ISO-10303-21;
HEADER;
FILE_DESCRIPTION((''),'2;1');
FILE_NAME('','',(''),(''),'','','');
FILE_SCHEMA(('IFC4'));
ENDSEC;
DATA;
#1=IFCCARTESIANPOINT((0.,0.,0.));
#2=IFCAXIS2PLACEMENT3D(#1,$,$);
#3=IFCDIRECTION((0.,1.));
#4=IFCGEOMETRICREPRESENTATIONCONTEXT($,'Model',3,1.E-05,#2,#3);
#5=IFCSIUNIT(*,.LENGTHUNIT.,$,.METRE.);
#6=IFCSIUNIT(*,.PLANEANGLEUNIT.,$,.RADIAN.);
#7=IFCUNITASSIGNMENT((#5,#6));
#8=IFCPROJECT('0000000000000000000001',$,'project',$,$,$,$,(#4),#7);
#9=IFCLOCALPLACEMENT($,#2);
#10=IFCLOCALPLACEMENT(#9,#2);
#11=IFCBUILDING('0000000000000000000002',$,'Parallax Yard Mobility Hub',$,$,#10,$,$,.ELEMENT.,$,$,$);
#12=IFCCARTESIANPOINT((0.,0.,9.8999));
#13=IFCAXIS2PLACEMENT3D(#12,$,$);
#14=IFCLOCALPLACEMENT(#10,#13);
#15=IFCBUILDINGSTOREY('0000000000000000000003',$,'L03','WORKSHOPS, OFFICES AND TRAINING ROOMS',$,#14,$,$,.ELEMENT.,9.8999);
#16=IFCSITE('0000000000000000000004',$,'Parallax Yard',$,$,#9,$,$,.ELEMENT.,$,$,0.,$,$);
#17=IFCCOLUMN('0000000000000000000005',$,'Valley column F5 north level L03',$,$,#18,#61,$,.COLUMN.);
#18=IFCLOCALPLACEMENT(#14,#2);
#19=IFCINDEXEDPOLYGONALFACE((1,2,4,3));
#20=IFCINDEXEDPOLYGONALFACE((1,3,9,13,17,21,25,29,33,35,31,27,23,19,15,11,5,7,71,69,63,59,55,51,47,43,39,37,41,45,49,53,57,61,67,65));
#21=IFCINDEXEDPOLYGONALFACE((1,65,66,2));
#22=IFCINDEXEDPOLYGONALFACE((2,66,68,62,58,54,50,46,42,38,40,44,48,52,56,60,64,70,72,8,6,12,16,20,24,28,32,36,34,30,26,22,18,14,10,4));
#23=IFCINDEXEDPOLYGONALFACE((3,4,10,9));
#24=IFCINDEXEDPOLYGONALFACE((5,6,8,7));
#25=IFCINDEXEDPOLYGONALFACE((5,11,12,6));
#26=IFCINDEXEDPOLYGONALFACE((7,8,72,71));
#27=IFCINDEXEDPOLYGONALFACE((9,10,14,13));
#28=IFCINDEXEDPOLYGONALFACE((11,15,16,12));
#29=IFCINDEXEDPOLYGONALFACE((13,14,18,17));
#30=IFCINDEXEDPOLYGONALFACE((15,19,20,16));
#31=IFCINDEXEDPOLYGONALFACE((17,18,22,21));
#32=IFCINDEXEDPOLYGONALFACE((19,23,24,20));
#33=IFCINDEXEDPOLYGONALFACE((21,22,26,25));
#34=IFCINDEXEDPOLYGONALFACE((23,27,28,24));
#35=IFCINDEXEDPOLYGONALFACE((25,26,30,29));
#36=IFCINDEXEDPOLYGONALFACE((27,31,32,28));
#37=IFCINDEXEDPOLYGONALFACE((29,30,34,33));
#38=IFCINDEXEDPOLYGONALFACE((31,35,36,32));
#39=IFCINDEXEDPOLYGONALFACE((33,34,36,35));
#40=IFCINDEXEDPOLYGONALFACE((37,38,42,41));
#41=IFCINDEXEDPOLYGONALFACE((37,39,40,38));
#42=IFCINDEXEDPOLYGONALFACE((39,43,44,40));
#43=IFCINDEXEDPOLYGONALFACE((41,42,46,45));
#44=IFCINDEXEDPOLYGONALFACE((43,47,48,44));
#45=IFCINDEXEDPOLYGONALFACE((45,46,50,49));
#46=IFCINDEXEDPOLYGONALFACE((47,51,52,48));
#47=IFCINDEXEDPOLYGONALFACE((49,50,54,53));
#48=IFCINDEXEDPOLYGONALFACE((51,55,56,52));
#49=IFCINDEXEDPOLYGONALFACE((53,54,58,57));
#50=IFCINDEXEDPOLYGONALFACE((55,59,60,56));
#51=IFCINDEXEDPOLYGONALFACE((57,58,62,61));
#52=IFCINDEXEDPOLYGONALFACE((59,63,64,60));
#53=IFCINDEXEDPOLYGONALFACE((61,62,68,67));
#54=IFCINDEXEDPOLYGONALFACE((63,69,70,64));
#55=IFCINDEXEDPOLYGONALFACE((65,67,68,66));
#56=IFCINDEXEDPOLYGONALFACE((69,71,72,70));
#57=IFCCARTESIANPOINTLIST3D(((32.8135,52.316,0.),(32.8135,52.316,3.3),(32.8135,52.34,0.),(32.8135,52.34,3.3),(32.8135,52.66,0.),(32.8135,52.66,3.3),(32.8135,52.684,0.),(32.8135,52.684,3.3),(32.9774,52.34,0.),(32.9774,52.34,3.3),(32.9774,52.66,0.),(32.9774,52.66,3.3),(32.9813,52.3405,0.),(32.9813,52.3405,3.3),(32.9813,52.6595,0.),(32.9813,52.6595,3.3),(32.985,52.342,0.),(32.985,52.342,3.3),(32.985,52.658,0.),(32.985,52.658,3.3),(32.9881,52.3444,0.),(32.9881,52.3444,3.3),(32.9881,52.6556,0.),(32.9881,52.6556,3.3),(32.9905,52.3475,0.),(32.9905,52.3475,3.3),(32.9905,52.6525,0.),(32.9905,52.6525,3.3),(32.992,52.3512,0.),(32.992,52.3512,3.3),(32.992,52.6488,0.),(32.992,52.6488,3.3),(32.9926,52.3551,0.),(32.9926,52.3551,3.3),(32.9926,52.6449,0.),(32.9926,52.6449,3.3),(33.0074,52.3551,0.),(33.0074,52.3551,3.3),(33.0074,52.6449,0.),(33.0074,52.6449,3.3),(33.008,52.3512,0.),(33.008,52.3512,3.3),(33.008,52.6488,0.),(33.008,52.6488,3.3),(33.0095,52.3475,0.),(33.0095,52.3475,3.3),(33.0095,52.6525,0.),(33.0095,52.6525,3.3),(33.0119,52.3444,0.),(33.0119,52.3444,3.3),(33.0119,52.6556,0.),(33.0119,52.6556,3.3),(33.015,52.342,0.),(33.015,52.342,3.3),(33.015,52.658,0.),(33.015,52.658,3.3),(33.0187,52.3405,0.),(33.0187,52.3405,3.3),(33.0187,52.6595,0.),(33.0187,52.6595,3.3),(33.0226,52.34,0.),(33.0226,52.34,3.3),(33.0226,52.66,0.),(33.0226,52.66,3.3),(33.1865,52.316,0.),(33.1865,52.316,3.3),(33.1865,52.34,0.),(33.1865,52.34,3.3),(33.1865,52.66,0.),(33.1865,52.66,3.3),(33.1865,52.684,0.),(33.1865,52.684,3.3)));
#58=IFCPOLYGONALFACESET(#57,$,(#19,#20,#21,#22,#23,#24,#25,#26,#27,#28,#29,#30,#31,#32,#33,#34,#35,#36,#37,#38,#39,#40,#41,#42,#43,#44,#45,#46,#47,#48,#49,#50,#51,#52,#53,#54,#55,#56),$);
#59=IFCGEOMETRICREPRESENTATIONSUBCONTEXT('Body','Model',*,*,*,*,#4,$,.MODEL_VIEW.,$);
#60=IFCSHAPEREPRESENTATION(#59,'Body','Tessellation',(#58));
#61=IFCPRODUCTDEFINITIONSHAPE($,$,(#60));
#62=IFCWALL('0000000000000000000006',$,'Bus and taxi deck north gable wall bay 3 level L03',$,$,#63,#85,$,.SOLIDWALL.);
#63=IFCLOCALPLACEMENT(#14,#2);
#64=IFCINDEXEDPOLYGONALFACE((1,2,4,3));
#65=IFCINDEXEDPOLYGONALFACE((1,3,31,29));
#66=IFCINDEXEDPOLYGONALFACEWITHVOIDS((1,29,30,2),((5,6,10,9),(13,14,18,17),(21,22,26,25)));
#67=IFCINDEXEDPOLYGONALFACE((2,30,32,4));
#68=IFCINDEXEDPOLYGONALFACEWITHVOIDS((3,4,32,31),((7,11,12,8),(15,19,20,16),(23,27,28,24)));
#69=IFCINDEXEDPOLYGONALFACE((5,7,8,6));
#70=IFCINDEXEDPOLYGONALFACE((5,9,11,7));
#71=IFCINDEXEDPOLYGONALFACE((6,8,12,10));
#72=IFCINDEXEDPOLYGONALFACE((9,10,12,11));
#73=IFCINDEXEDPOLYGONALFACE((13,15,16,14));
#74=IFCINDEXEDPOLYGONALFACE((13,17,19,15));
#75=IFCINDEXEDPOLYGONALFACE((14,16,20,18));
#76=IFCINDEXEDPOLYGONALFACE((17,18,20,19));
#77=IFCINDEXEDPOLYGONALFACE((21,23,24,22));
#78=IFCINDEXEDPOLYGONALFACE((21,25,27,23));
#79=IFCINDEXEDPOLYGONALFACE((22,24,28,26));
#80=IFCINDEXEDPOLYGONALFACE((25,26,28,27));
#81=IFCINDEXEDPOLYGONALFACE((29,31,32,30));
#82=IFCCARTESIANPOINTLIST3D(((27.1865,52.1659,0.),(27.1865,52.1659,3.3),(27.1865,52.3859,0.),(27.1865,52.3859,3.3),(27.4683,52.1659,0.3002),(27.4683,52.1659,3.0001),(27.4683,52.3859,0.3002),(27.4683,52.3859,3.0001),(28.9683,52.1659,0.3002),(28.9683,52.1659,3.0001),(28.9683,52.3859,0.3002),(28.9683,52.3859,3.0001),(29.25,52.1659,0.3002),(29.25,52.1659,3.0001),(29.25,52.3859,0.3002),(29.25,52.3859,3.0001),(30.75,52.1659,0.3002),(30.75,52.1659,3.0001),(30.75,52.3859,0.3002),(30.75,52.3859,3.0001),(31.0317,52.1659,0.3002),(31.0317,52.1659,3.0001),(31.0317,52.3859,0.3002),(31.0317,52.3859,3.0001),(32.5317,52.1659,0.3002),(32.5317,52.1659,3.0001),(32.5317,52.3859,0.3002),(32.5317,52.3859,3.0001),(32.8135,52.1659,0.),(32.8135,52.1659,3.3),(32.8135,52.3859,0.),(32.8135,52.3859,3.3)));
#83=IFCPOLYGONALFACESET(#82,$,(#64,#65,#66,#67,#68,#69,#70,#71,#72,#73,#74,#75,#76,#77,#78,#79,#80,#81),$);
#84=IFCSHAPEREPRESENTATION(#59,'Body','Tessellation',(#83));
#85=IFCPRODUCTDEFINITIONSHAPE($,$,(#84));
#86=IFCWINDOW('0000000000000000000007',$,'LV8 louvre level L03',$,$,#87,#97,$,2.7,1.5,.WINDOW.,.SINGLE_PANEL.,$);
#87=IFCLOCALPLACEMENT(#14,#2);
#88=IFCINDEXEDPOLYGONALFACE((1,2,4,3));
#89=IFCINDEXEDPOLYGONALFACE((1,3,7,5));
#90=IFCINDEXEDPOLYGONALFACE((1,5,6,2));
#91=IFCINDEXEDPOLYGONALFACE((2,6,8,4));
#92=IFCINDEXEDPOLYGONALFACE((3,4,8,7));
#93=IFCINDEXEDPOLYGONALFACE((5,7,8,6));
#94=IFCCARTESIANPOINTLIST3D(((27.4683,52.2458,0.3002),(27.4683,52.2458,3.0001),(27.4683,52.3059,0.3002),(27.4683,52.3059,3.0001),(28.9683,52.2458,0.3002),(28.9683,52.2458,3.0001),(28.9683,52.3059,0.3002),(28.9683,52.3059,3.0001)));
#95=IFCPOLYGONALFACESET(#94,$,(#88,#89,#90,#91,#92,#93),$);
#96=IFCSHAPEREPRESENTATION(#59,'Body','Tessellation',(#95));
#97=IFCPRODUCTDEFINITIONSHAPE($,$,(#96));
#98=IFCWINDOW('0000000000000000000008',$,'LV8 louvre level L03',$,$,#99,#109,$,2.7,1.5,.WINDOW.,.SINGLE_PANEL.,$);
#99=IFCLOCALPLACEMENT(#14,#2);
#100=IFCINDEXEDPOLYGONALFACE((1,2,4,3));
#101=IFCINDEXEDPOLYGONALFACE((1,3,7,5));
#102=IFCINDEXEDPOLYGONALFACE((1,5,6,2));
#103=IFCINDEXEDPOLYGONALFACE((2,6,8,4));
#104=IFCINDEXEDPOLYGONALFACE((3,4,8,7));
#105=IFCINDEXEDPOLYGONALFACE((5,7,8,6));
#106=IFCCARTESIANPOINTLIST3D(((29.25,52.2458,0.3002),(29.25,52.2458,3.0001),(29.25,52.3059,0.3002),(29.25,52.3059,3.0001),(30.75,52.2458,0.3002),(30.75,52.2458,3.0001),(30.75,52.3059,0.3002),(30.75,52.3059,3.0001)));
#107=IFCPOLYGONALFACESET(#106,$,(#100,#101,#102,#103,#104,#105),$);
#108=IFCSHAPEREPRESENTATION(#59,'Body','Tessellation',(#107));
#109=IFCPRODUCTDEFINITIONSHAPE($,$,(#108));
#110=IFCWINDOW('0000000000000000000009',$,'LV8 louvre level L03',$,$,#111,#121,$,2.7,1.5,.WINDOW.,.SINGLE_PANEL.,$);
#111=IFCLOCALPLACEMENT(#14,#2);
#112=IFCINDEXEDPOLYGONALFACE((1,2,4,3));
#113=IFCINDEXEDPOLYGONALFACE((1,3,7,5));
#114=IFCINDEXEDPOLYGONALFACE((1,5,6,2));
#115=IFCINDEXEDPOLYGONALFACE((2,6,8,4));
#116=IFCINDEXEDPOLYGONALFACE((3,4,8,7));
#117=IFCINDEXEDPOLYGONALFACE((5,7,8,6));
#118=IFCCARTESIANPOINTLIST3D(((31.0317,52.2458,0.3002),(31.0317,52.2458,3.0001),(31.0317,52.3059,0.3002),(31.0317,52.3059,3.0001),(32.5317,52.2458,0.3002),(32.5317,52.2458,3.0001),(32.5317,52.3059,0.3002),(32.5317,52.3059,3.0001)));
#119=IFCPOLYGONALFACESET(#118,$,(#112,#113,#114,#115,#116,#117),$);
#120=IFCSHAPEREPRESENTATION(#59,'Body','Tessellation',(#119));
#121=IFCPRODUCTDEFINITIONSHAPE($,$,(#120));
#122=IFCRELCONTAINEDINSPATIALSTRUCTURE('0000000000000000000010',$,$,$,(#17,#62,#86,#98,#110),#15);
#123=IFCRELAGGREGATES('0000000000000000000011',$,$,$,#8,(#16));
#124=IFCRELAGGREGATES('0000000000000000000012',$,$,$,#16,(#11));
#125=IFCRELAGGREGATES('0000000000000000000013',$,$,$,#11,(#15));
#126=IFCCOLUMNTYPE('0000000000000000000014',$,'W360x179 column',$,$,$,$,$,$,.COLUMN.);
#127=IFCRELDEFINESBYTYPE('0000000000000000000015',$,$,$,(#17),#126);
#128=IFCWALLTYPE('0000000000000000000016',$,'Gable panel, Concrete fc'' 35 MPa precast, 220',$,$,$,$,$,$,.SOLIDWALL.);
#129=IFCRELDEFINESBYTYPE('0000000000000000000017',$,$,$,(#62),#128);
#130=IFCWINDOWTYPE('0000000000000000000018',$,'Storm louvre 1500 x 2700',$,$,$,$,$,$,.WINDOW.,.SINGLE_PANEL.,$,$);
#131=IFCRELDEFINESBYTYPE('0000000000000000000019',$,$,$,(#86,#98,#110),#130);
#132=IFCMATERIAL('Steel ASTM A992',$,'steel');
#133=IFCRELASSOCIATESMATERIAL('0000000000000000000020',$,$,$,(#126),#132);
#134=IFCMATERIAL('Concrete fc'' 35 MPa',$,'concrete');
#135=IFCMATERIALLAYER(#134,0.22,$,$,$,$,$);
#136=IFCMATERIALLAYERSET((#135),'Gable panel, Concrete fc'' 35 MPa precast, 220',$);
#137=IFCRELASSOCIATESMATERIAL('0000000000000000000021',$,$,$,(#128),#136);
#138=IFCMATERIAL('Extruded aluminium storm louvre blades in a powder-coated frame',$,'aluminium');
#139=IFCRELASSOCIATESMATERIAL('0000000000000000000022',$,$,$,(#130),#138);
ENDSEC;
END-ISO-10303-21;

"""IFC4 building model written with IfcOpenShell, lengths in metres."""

from ifc_helpers import new_model, si_unit, direction, frame, frame_2d, origin, origin_2d, place, context, subcontext, project, spatial, rectangle, i_section, extrude, material, layer, layer_set, material_profile, profile_set, type_object, element, fill, save


model = new_model("IFC4")

# Units and contexts
model_context = context("Model", 3, precision=1e-05, world=origin(), true_north=direction((0.0, 1.0)))
body_context = subcontext(model_context, "Body", "Model", "MODEL_VIEW")
ifc_project = project(units=[si_unit("LENGTHUNIT", "METRE"), si_unit("PLANEANGLEUNIT", "RADIAN")], contexts=[model_context])

# Site, building, storey
site_placement = place(None, origin())
site = spatial("IfcSite", under=ifc_project, at=site_placement, Name="Parallax Yard", CompositionType="ELEMENT", RefElevation=0.0)
building_placement = place(site_placement, origin())
building = spatial("IfcBuilding", under=site, at=building_placement, Name="Parallax Yard Mobility Hub", CompositionType="ELEMENT")
storey_placement = place(building_placement, frame((0.0, 0.0, 9.8999)))
storey = spatial("IfcBuildingStorey", under=building, at=storey_placement, Name="L03", Description="WORKSHOPS, OFFICES AND TRAINING ROOMS", CompositionType="ELEMENT", Elevation=9.8999)

# Column
ifc_material_1 = material(Name="Steel ASTM A992", Category="steel")
ifc_material_profile = material_profile(ifc_material_1, i_section(OverallWidth=0.373, OverallDepth=0.3679, WebThickness=0.0149, FlangeThickness=0.0239, FilletRadius=0.0151, at=origin_2d()), Name="W360x179")
ifc_profile_set = profile_set([ifc_material_profile], Name="Steel ASTM A992")
column_type = type_object("IfcColumnType", Name="W360x179 column", PredefinedType="COLUMN", material=ifc_profile_set)
for number, where, z_axis, x_axis, name in (
    (1, (33.0, 52.5, 0.0), (0.0, 0.0, 1.0), (1.0, 0.0, 0.0), "Valley column F5 north level L03"),
):
    element("IfcColumn", number, at=place(storey_placement, frame(where, z_axis=z_axis, x_axis=x_axis)), inside=storey, type_object=column_type, Name=name, PredefinedType="COLUMN", context=body_context, shape_type="SweptSolid", body=[
        extrude(i_section(OverallWidth=0.373, OverallDepth=0.3679, WebThickness=0.0149, FlangeThickness=0.0239, FilletRadius=0.0151, at=origin_2d()), origin(), (0.0, 0.0, 1.0), 3.3),
    ])

# Wall, openings, windows
ifc_material_2 = material(Name="Concrete fc' 35 MPa", Category="concrete")
ifc_layer = layer(ifc_material_2, 0.22)
ifc_layer_set = layer_set([ifc_layer], Name="Gable panel, Concrete fc' 35 MPa precast, 220")
wall_type = type_object("IfcWallType", Name="Gable panel, Concrete fc' 35 MPa precast, 220", PredefinedType="SOLIDWALL", material=ifc_layer_set)
wall_1_placement = place(storey_placement, frame((27.1865, 52.2759, 0.0), z_axis=(0.0, 0.0, 1.0), x_axis=(1.0, 0.0, 0.0)))
wall_1 = element("IfcWall", 2, at=wall_1_placement, inside=storey, type_object=wall_type, Name="Bus and taxi deck north gable wall bay 3 level L03", PredefinedType="SOLIDWALL", context=body_context, shape_type="SweptSolid", body=[
    extrude(rectangle(XDim=5.627, YDim=0.22, at=frame_2d((2.8135, 0.0))), origin(), (0.0, 0.0, 1.0), 3.3),
])
opening_1_placement = place(wall_1_placement, frame((0.2817, 0.0, 0.3)))
opening_1 = element("IfcOpeningElement", 3, at=opening_1_placement, cuts=wall_1, PredefinedType="OPENING", context=body_context, shape_type="SweptSolid", body=[
    extrude(rectangle(XDim=1.5, YDim=2.7, at=frame_2d((0.75, 1.3501))), frame((0.0, 0.1201, 0.0), z_axis=(0.0, -1.0, 0.0), x_axis=(1.0, 0.0, 0.0)), (0.0, 0.0, 1.0), 0.24),
])
opening_2_placement = place(wall_1_placement, frame((2.0635, 0.0, 0.3)))
opening_2 = element("IfcOpeningElement", 4, at=opening_2_placement, cuts=wall_1, PredefinedType="OPENING", context=body_context, shape_type="SweptSolid", body=[
    extrude(rectangle(XDim=1.5, YDim=2.7, at=frame_2d((0.75, 1.3501))), frame((0.0, 0.1201, 0.0), z_axis=(0.0, -1.0, 0.0), x_axis=(1.0, 0.0, 0.0)), (0.0, 0.0, 1.0), 0.24),
])
opening_3_placement = place(wall_1_placement, frame((3.8452, 0.0, 0.3)))
opening_3 = element("IfcOpeningElement", 5, at=opening_3_placement, cuts=wall_1, PredefinedType="OPENING", context=body_context, shape_type="SweptSolid", body=[
    extrude(rectangle(XDim=1.5, YDim=2.7, at=frame_2d((0.75, 1.3501))), frame((0.0, 0.1201, 0.0), z_axis=(0.0, -1.0, 0.0), x_axis=(1.0, 0.0, 0.0)), (0.0, 0.0, 1.0), 0.24),
])
ifc_material_3 = material(Name="Extruded aluminium storm louvre blades in a powder-coated frame", Category="aluminium")
window_type = type_object("IfcWindowType", Name="Storm louvre 1500 x 2700", PartitioningType="SINGLE_PANEL", PredefinedType="WINDOW", material=ifc_material_3)
window_1_placement = place(opening_1_placement, origin())
window_1 = element("IfcWindow", 6, at=window_1_placement, inside=storey, type_object=window_type, Name="LV8 louvre level L03", OverallHeight=2.7, OverallWidth=1.5, PartitioningType="SINGLE_PANEL", PredefinedType="WINDOW", context=body_context, shape_type="SweptSolid", body=[
    extrude(rectangle(XDim=1.5, YDim=2.7, at=frame_2d((0.75, 1.3501))), frame((0.0, 0.03, 0.0), z_axis=(0.0, -1.0, 0.0), x_axis=(1.0, 0.0, 0.0)), (0.0, 0.0, 1.0), 0.0601),
])
fill(opening_1, window_1)
window_2_placement = place(opening_2_placement, origin())
window_2 = element("IfcWindow", 7, at=window_2_placement, inside=storey, type_object=window_type, Name="LV8 louvre level L03", OverallHeight=2.7, OverallWidth=1.5, PartitioningType="SINGLE_PANEL", PredefinedType="WINDOW", context=body_context, shape_type="SweptSolid", body=[
    extrude(rectangle(XDim=1.5, YDim=2.7, at=frame_2d((0.75, 1.3501))), frame((0.0, 0.03, 0.0), z_axis=(0.0, -1.0, 0.0), x_axis=(1.0, 0.0, 0.0)), (0.0, 0.0, 1.0), 0.0601),
])
fill(opening_2, window_2)
window_3_placement = place(opening_3_placement, origin())
window_3 = element("IfcWindow", 8, at=window_3_placement, inside=storey, type_object=window_type, Name="LV8 louvre level L03", OverallHeight=2.7, OverallWidth=1.5, PartitioningType="SINGLE_PANEL", PredefinedType="WINDOW", context=body_context, shape_type="SweptSolid", body=[
    extrude(rectangle(XDim=1.5, YDim=2.7, at=frame_2d((0.75, 1.3501))), frame((0.0, 0.03, 0.0), z_axis=(0.0, -1.0, 0.0), x_axis=(1.0, 0.0, 0.0)), (0.0, 0.0, 1.0), 0.0601),
])
fill(opening_3, window_3)

save(model, "model.ifc")
